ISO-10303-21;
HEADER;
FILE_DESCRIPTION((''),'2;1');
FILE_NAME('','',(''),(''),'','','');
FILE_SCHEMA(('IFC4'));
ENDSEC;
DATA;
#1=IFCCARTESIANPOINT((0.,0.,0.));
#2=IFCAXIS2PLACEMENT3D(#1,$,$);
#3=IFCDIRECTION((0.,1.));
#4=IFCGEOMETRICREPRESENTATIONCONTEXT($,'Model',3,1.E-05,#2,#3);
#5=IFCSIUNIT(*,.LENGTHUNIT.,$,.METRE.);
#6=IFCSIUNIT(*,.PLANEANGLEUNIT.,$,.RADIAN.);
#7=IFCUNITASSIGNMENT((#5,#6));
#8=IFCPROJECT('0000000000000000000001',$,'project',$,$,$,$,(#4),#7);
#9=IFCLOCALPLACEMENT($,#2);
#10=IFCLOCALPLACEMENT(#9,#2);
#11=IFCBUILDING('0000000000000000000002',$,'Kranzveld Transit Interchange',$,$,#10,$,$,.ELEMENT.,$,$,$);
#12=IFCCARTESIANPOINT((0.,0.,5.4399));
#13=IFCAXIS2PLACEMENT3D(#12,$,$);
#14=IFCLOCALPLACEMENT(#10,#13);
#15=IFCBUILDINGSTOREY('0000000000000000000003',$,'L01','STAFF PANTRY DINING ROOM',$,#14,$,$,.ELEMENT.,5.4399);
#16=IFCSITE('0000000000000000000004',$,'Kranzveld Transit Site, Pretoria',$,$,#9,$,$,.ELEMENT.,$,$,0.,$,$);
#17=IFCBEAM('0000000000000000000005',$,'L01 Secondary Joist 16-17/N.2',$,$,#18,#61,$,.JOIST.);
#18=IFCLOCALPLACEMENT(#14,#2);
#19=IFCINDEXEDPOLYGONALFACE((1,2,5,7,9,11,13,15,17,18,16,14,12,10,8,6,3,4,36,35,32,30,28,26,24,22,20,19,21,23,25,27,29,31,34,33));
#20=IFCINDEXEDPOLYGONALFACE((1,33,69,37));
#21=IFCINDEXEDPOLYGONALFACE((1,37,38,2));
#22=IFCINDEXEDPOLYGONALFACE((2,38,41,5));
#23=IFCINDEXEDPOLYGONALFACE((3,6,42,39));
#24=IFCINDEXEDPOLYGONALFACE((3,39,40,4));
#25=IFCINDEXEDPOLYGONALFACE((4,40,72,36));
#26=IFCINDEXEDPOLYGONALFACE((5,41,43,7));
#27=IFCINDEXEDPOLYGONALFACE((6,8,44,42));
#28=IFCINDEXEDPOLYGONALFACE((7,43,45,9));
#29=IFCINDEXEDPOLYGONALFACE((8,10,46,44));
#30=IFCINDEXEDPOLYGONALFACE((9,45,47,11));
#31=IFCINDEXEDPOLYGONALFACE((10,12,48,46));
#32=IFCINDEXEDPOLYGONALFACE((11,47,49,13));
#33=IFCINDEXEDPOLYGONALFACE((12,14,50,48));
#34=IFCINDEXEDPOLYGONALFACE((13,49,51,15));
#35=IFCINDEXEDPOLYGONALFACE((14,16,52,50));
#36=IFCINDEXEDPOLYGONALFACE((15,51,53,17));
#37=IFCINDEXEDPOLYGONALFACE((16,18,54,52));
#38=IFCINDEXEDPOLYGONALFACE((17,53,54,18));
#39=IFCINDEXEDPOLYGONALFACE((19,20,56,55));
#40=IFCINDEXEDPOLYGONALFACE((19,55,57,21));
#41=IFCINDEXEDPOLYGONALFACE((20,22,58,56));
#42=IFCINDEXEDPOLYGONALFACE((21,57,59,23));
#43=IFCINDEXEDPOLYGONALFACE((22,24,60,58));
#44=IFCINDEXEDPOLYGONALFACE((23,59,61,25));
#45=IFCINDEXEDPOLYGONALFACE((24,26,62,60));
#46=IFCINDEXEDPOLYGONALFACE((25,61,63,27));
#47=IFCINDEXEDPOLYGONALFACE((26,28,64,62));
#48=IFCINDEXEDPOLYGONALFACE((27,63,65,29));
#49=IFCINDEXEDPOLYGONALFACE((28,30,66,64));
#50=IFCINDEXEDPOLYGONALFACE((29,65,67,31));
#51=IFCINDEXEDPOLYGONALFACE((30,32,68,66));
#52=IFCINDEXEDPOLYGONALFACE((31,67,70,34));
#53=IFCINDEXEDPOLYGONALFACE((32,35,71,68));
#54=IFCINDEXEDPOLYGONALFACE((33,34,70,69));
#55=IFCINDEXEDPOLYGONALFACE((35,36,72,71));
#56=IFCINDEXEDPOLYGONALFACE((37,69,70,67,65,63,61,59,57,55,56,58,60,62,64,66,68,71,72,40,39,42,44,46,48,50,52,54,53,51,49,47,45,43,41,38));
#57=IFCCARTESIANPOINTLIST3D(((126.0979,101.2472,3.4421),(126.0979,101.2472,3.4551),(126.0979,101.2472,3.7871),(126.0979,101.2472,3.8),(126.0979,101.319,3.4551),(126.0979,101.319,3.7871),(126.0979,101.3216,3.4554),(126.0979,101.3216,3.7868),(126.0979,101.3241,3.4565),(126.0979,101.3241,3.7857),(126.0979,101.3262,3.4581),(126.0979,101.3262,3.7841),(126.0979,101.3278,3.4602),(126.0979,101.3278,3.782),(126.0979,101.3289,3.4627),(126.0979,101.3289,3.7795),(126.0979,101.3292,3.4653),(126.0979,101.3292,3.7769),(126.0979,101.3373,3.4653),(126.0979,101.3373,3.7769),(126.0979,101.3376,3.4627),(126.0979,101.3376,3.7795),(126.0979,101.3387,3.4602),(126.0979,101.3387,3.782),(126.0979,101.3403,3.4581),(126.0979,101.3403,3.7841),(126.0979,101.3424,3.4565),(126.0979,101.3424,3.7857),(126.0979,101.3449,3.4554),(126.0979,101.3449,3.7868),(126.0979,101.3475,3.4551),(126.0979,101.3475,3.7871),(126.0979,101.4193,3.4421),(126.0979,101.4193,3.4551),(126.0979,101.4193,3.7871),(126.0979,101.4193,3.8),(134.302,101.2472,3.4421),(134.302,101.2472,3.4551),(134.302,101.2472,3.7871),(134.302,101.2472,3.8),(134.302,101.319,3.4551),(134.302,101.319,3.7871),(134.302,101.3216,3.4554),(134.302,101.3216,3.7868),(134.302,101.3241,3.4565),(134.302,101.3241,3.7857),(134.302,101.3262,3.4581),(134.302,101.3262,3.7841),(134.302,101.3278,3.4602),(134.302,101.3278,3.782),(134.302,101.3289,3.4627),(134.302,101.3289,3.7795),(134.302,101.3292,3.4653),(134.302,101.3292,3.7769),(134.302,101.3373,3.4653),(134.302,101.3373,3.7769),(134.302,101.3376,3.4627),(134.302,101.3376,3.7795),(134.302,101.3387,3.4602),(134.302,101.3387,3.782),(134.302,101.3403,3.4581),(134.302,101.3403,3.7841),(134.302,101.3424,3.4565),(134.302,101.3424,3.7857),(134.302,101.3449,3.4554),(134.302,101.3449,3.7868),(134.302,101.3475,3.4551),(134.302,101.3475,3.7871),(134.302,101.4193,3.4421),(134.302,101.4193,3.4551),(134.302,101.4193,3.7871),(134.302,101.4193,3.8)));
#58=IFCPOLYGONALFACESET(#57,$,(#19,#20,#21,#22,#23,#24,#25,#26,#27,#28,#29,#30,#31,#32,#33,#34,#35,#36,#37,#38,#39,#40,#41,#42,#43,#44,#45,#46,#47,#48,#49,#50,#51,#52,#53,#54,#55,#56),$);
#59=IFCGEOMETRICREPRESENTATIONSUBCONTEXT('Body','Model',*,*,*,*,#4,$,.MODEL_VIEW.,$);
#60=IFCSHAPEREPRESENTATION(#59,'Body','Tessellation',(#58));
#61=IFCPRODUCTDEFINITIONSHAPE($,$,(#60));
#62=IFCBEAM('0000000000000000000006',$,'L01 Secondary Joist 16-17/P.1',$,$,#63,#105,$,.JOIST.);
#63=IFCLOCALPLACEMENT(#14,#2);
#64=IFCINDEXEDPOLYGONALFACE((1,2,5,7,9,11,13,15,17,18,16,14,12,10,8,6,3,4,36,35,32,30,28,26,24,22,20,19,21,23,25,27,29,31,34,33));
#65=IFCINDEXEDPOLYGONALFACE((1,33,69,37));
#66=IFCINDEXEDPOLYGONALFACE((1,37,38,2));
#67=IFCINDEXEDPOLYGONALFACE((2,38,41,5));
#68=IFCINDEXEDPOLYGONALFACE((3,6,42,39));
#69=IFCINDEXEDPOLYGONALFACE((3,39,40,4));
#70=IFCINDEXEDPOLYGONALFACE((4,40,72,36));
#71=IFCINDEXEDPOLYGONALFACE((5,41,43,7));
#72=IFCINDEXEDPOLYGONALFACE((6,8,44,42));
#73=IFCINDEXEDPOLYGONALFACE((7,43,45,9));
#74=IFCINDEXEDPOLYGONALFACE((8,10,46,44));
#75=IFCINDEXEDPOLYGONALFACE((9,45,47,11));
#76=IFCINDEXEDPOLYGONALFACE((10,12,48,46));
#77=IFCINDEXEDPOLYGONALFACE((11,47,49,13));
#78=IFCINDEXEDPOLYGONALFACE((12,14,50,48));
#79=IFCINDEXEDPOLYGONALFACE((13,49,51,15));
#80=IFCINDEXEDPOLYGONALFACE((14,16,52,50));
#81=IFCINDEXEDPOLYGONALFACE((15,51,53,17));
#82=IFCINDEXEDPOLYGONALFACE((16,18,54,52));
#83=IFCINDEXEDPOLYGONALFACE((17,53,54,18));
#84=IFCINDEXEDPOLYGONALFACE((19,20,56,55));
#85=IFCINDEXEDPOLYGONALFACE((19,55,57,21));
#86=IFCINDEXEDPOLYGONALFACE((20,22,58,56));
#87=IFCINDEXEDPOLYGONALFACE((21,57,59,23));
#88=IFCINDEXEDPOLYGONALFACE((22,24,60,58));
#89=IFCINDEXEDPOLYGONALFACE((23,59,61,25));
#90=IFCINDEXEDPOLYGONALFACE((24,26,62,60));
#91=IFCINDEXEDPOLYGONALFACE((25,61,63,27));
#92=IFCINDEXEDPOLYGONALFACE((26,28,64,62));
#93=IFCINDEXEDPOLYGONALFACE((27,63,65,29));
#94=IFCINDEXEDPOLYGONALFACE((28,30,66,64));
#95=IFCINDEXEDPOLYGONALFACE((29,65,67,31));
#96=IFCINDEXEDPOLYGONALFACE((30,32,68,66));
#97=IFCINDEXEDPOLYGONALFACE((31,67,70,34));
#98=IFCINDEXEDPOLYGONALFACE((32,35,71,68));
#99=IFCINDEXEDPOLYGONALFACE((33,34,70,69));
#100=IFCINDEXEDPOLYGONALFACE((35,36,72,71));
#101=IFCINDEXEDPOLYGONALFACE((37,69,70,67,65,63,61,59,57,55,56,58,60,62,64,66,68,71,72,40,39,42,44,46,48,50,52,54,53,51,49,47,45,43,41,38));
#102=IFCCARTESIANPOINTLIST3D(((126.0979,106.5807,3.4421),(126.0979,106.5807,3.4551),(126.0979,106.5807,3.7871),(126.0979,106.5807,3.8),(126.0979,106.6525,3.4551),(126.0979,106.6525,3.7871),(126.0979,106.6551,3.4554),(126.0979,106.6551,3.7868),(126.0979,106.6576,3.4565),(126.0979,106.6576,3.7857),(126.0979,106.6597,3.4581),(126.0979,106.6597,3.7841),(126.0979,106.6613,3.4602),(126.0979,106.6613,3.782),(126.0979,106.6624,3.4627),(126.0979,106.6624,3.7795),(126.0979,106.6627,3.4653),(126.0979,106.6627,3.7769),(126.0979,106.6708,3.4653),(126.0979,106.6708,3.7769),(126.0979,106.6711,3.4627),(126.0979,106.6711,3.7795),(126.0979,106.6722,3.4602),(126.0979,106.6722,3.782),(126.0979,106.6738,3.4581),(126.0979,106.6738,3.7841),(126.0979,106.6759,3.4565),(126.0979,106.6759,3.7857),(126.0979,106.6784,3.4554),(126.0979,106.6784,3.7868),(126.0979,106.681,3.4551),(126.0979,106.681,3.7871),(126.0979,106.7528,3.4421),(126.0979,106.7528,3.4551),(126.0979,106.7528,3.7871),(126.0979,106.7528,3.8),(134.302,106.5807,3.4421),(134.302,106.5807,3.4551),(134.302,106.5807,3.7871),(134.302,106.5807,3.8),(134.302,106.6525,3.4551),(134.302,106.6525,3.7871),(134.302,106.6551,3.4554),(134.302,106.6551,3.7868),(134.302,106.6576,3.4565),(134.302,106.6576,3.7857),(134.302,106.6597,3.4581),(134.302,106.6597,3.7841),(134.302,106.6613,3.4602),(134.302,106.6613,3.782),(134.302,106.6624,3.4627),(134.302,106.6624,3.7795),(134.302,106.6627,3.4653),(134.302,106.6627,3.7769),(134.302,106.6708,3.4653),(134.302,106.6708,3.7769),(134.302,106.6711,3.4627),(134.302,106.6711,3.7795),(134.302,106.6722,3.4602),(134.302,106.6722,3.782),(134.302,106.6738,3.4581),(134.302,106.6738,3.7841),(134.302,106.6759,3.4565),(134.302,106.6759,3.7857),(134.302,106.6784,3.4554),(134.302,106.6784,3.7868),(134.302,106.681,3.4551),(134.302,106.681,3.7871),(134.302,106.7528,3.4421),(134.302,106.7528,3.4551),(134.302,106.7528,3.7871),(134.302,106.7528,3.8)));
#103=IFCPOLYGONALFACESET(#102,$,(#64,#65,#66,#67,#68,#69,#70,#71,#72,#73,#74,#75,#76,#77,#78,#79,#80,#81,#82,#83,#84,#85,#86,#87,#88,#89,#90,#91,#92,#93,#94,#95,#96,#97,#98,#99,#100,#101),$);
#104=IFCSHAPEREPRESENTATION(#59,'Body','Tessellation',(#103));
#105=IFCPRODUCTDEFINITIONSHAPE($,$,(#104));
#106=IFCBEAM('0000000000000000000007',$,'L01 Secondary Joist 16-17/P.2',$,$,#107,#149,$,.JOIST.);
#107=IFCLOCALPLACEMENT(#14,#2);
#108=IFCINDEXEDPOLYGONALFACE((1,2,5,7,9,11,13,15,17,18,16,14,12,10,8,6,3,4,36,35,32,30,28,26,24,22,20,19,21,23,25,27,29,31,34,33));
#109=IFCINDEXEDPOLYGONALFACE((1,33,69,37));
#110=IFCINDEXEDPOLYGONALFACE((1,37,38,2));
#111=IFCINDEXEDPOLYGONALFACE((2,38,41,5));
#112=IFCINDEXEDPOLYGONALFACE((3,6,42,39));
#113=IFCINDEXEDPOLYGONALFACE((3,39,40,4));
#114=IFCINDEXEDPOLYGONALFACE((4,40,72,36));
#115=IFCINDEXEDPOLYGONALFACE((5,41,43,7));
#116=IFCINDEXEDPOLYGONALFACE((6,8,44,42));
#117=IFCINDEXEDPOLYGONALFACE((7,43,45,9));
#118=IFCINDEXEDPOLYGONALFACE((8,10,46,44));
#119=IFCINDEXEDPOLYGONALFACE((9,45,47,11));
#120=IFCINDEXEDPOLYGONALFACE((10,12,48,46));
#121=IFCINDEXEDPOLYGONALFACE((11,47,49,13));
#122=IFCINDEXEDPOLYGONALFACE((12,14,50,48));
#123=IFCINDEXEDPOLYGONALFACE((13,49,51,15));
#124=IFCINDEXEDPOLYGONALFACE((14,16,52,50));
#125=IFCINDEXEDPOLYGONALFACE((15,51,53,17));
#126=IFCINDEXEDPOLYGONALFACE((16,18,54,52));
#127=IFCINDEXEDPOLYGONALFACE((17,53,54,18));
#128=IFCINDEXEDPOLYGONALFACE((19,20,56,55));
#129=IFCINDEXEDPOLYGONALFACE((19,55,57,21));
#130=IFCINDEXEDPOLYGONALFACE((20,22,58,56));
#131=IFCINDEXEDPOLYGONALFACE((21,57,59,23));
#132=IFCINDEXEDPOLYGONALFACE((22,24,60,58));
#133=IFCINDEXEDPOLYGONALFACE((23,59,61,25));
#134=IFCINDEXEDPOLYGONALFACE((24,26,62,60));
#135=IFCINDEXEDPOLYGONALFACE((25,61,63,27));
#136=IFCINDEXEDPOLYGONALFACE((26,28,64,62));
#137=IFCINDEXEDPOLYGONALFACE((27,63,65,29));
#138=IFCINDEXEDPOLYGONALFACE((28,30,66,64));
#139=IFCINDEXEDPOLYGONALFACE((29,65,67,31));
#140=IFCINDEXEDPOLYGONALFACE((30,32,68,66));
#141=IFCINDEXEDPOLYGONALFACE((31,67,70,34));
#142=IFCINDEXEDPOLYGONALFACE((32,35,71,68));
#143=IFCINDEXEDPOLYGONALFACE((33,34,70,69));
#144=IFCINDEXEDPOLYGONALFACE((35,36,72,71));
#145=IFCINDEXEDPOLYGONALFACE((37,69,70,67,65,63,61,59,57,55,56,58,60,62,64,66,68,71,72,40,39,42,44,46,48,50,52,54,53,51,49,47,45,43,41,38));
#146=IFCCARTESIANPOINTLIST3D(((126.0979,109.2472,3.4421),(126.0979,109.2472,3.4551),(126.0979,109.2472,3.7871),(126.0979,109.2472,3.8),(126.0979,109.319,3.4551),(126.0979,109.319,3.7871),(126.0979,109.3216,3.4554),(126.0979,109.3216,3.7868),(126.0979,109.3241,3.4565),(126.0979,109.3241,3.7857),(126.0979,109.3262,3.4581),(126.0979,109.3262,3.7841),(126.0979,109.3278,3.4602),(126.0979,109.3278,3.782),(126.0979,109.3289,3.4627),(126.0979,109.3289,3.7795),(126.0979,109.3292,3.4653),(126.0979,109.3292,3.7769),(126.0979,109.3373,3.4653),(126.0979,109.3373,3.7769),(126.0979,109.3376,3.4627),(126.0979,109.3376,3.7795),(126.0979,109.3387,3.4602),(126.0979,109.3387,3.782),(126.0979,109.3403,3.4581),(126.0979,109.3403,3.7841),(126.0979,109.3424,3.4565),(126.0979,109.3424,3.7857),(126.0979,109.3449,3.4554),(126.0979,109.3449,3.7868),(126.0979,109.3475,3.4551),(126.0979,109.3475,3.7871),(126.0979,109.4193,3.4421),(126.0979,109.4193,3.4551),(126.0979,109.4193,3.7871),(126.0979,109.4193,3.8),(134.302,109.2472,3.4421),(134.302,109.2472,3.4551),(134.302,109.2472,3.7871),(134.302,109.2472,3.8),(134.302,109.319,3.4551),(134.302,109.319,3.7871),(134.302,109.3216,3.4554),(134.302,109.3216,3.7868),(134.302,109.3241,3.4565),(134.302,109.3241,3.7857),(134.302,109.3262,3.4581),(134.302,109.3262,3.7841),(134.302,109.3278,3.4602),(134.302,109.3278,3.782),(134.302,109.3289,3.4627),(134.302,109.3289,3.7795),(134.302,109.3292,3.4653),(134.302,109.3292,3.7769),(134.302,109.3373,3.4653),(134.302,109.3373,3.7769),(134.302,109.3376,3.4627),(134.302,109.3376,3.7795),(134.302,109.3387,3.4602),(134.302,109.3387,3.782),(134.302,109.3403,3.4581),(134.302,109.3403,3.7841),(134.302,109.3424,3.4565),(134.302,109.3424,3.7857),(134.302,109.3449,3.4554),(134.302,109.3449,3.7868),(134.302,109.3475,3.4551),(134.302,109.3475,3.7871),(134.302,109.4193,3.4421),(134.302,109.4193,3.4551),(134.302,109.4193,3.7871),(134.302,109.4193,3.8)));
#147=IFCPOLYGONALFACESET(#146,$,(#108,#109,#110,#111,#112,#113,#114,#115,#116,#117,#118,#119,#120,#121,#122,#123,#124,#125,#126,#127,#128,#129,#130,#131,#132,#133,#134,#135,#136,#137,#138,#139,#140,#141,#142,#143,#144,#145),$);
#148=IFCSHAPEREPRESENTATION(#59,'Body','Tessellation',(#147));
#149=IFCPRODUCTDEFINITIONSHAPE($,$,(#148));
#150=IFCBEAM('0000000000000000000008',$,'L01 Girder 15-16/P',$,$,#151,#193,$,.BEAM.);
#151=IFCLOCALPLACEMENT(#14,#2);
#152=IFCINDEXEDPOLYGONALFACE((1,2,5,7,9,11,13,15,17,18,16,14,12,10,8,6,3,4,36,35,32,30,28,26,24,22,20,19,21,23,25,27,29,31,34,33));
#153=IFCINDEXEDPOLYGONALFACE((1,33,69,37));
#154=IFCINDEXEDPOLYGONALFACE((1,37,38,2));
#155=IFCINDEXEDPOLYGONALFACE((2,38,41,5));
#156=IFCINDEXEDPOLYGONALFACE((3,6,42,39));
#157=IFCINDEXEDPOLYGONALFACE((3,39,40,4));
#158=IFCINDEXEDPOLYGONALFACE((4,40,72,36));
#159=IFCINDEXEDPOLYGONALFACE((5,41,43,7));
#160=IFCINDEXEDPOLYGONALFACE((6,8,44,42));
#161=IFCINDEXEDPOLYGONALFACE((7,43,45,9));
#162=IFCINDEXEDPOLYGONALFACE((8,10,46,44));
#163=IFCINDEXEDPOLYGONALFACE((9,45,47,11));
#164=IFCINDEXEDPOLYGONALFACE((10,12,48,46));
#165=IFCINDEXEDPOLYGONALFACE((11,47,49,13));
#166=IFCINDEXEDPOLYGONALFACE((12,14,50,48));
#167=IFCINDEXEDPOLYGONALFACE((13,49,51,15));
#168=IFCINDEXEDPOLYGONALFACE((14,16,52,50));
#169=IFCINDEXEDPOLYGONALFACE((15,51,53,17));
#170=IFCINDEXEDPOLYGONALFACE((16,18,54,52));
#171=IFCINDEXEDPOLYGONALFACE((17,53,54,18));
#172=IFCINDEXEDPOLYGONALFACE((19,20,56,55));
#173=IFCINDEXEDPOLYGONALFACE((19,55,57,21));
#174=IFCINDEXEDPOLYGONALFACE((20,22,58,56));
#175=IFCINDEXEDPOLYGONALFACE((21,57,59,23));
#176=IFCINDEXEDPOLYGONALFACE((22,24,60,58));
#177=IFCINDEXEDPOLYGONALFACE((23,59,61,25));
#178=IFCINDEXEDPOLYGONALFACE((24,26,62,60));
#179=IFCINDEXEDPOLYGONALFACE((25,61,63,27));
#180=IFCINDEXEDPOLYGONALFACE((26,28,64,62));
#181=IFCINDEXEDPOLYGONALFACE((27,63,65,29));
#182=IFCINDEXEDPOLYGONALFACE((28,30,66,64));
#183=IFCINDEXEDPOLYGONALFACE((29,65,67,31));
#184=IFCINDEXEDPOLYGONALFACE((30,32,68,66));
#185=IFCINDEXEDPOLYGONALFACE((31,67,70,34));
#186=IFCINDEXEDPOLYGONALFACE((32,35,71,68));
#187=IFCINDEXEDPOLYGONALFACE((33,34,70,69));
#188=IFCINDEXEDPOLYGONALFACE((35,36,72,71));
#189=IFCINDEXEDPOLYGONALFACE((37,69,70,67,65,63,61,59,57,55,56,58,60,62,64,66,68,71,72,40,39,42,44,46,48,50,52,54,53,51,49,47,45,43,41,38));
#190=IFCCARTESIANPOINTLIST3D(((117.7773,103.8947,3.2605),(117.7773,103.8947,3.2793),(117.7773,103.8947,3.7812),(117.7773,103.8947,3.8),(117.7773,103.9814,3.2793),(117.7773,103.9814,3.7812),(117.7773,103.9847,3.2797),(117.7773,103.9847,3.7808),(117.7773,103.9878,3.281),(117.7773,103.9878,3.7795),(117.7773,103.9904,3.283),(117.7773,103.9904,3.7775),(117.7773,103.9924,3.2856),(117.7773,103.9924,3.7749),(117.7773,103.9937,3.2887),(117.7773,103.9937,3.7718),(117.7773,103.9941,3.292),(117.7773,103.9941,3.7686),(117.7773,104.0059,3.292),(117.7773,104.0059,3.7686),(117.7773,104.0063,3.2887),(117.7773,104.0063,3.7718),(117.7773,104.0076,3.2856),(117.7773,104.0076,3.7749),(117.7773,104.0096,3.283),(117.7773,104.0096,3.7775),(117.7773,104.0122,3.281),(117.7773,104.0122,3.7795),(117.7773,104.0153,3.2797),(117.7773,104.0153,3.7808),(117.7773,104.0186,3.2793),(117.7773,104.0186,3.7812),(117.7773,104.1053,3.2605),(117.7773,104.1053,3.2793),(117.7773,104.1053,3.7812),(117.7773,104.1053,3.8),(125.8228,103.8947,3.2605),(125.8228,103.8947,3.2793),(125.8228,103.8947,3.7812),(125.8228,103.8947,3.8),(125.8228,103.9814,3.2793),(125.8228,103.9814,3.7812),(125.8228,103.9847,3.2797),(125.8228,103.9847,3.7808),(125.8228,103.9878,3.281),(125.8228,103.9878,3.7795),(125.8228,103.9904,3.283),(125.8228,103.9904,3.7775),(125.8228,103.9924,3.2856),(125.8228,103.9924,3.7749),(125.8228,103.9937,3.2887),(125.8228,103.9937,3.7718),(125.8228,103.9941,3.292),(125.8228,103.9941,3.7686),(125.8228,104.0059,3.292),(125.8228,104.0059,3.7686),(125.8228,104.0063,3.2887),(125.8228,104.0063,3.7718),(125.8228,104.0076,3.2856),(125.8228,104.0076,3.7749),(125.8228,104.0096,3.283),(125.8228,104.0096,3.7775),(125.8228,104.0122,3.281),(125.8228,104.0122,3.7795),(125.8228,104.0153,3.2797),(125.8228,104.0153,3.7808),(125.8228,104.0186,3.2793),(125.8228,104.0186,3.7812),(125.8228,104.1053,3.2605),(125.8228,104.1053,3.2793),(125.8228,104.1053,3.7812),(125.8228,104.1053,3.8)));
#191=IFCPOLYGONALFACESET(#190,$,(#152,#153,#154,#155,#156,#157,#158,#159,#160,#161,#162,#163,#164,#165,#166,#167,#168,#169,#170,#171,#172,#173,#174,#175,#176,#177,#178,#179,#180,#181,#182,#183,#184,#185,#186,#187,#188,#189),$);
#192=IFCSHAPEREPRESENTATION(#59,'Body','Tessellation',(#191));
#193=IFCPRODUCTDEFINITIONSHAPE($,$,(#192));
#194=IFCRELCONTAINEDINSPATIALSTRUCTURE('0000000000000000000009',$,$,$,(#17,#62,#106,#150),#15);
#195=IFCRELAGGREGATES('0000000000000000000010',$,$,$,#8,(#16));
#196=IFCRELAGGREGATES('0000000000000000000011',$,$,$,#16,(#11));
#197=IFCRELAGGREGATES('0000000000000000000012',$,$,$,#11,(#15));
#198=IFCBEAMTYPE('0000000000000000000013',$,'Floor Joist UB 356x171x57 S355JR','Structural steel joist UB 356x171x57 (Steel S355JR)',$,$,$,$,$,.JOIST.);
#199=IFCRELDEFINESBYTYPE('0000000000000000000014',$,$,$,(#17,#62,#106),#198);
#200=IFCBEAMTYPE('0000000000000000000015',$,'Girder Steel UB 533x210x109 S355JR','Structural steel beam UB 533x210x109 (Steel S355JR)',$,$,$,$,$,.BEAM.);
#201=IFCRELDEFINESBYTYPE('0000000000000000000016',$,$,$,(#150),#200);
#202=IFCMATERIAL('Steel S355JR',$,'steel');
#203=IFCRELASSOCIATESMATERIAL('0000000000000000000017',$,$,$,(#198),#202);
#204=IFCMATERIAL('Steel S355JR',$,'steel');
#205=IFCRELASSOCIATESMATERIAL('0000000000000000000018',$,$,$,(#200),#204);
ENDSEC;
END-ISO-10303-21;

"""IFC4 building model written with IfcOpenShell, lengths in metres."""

from ifc_helpers import new_model, si_unit, direction, frame, origin, origin_2d, place, context, subcontext, project, spatial, i_section, extrude, material, material_profile, profile_set, type_object, element, save


model = new_model("IFC4")

# Units and contexts
model_context = context("Model", 3, precision=1e-05, world=origin(), true_north=direction((0.0, 1.0)))
body_context = subcontext(model_context, "Body", "Model", "MODEL_VIEW")
ifc_project = project(units=[si_unit("LENGTHUNIT", "METRE"), si_unit("PLANEANGLEUNIT", "RADIAN")], contexts=[model_context])

# Site, building, storey
site_placement = place(None, origin())
site = spatial("IfcSite", under=ifc_project, at=site_placement, Name="Kranzveld Transit Site, Pretoria", CompositionType="ELEMENT", RefElevation=0.0)
building_placement = place(site_placement, origin())
building = spatial("IfcBuilding", under=site, at=building_placement, Name="Kranzveld Transit Interchange", CompositionType="ELEMENT")
storey_placement = place(building_placement, frame((0.0, 0.0, 5.4399)))
storey = spatial("IfcBuildingStorey", under=building, at=storey_placement, Name="L01", Description="STAFF PANTRY DINING ROOM", CompositionType="ELEMENT", Elevation=5.4399)

# Beams
ifc_material_1 = material(Name="Steel S355JR", Category="steel")
ifc_material_profile_1 = material_profile(ifc_material_1, i_section(OverallWidth=0.1721, OverallDepth=0.3579, WebThickness=0.0081, FlangeThickness=0.0129, FilletRadius=0.0103, at=origin_2d()), Name="UB 356x171x57")
ifc_profile_set_1 = profile_set([ifc_material_profile_1], Name="Steel S355JR")
beam_type_1 = type_object("IfcBeamType", Name="Floor Joist UB 356x171x57 S355JR", Description="Structural steel joist UB 356x171x57 (Steel S355JR)", PredefinedType="JOIST", material=ifc_profile_set_1)
for number, where, z_axis, x_axis, name in (
    (1, (126.0979, 101.3333, 3.6211), (1.0, 0.0, 0.0), (0.0, 1.0, 0.0), "L01 Secondary Joist 16-17/N.2"),
    (2, (126.0979, 106.6667, 3.6211), (1.0, 0.0, 0.0), (0.0, 1.0, 0.0), "L01 Secondary Joist 16-17/P.1"),
    (3, (126.0979, 109.3333, 3.6211), (1.0, 0.0, 0.0), (0.0, 1.0, 0.0), "L01 Secondary Joist 16-17/P.2"),
):
    element("IfcBeam", number, at=place(storey_placement, frame(where, z_axis=z_axis, x_axis=x_axis)), inside=storey, type_object=beam_type_1, Name=name, PredefinedType="JOIST", context=body_context, shape_type="SweptSolid", body=[
        extrude(i_section(OverallWidth=0.1721, OverallDepth=0.3579, WebThickness=0.0081, FlangeThickness=0.0129, FilletRadius=0.0103, at=origin_2d()), origin(), (0.0, 0.0, 1.0), 8.2041),
    ])
ifc_material_2 = material(Name="Steel S355JR", Category="steel")
ifc_material_profile_2 = material_profile(ifc_material_2, i_section(OverallWidth=0.2107, OverallDepth=0.5396, WebThickness=0.0117, FlangeThickness=0.0188, FilletRadius=0.0127, at=origin_2d()), Name="UB 533x210x109")
ifc_profile_set_2 = profile_set([ifc_material_profile_2], Name="Steel S355JR")
beam_type_2 = type_object("IfcBeamType", Name="Girder Steel UB 533x210x109 S355JR", Description="Structural steel beam UB 533x210x109 (Steel S355JR)", PredefinedType="BEAM", material=ifc_profile_set_2)
for number, where, z_axis, x_axis, name in (
    (4, (117.7773, 104.0, 3.5303), (1.0, 0.0, 0.0), (0.0, 1.0, 0.0), "L01 Girder 15-16/P"),
):
    element("IfcBeam", number, at=place(storey_placement, frame(where, z_axis=z_axis, x_axis=x_axis)), inside=storey, type_object=beam_type_2, Name=name, PredefinedType="BEAM", context=body_context, shape_type="SweptSolid", body=[
        extrude(i_section(OverallWidth=0.2107, OverallDepth=0.5396, WebThickness=0.0117, FlangeThickness=0.0188, FilletRadius=0.0127, at=origin_2d()), origin(), (0.0, 0.0, 1.0), 8.0454),
    ])

save(model, "model.ifc")
